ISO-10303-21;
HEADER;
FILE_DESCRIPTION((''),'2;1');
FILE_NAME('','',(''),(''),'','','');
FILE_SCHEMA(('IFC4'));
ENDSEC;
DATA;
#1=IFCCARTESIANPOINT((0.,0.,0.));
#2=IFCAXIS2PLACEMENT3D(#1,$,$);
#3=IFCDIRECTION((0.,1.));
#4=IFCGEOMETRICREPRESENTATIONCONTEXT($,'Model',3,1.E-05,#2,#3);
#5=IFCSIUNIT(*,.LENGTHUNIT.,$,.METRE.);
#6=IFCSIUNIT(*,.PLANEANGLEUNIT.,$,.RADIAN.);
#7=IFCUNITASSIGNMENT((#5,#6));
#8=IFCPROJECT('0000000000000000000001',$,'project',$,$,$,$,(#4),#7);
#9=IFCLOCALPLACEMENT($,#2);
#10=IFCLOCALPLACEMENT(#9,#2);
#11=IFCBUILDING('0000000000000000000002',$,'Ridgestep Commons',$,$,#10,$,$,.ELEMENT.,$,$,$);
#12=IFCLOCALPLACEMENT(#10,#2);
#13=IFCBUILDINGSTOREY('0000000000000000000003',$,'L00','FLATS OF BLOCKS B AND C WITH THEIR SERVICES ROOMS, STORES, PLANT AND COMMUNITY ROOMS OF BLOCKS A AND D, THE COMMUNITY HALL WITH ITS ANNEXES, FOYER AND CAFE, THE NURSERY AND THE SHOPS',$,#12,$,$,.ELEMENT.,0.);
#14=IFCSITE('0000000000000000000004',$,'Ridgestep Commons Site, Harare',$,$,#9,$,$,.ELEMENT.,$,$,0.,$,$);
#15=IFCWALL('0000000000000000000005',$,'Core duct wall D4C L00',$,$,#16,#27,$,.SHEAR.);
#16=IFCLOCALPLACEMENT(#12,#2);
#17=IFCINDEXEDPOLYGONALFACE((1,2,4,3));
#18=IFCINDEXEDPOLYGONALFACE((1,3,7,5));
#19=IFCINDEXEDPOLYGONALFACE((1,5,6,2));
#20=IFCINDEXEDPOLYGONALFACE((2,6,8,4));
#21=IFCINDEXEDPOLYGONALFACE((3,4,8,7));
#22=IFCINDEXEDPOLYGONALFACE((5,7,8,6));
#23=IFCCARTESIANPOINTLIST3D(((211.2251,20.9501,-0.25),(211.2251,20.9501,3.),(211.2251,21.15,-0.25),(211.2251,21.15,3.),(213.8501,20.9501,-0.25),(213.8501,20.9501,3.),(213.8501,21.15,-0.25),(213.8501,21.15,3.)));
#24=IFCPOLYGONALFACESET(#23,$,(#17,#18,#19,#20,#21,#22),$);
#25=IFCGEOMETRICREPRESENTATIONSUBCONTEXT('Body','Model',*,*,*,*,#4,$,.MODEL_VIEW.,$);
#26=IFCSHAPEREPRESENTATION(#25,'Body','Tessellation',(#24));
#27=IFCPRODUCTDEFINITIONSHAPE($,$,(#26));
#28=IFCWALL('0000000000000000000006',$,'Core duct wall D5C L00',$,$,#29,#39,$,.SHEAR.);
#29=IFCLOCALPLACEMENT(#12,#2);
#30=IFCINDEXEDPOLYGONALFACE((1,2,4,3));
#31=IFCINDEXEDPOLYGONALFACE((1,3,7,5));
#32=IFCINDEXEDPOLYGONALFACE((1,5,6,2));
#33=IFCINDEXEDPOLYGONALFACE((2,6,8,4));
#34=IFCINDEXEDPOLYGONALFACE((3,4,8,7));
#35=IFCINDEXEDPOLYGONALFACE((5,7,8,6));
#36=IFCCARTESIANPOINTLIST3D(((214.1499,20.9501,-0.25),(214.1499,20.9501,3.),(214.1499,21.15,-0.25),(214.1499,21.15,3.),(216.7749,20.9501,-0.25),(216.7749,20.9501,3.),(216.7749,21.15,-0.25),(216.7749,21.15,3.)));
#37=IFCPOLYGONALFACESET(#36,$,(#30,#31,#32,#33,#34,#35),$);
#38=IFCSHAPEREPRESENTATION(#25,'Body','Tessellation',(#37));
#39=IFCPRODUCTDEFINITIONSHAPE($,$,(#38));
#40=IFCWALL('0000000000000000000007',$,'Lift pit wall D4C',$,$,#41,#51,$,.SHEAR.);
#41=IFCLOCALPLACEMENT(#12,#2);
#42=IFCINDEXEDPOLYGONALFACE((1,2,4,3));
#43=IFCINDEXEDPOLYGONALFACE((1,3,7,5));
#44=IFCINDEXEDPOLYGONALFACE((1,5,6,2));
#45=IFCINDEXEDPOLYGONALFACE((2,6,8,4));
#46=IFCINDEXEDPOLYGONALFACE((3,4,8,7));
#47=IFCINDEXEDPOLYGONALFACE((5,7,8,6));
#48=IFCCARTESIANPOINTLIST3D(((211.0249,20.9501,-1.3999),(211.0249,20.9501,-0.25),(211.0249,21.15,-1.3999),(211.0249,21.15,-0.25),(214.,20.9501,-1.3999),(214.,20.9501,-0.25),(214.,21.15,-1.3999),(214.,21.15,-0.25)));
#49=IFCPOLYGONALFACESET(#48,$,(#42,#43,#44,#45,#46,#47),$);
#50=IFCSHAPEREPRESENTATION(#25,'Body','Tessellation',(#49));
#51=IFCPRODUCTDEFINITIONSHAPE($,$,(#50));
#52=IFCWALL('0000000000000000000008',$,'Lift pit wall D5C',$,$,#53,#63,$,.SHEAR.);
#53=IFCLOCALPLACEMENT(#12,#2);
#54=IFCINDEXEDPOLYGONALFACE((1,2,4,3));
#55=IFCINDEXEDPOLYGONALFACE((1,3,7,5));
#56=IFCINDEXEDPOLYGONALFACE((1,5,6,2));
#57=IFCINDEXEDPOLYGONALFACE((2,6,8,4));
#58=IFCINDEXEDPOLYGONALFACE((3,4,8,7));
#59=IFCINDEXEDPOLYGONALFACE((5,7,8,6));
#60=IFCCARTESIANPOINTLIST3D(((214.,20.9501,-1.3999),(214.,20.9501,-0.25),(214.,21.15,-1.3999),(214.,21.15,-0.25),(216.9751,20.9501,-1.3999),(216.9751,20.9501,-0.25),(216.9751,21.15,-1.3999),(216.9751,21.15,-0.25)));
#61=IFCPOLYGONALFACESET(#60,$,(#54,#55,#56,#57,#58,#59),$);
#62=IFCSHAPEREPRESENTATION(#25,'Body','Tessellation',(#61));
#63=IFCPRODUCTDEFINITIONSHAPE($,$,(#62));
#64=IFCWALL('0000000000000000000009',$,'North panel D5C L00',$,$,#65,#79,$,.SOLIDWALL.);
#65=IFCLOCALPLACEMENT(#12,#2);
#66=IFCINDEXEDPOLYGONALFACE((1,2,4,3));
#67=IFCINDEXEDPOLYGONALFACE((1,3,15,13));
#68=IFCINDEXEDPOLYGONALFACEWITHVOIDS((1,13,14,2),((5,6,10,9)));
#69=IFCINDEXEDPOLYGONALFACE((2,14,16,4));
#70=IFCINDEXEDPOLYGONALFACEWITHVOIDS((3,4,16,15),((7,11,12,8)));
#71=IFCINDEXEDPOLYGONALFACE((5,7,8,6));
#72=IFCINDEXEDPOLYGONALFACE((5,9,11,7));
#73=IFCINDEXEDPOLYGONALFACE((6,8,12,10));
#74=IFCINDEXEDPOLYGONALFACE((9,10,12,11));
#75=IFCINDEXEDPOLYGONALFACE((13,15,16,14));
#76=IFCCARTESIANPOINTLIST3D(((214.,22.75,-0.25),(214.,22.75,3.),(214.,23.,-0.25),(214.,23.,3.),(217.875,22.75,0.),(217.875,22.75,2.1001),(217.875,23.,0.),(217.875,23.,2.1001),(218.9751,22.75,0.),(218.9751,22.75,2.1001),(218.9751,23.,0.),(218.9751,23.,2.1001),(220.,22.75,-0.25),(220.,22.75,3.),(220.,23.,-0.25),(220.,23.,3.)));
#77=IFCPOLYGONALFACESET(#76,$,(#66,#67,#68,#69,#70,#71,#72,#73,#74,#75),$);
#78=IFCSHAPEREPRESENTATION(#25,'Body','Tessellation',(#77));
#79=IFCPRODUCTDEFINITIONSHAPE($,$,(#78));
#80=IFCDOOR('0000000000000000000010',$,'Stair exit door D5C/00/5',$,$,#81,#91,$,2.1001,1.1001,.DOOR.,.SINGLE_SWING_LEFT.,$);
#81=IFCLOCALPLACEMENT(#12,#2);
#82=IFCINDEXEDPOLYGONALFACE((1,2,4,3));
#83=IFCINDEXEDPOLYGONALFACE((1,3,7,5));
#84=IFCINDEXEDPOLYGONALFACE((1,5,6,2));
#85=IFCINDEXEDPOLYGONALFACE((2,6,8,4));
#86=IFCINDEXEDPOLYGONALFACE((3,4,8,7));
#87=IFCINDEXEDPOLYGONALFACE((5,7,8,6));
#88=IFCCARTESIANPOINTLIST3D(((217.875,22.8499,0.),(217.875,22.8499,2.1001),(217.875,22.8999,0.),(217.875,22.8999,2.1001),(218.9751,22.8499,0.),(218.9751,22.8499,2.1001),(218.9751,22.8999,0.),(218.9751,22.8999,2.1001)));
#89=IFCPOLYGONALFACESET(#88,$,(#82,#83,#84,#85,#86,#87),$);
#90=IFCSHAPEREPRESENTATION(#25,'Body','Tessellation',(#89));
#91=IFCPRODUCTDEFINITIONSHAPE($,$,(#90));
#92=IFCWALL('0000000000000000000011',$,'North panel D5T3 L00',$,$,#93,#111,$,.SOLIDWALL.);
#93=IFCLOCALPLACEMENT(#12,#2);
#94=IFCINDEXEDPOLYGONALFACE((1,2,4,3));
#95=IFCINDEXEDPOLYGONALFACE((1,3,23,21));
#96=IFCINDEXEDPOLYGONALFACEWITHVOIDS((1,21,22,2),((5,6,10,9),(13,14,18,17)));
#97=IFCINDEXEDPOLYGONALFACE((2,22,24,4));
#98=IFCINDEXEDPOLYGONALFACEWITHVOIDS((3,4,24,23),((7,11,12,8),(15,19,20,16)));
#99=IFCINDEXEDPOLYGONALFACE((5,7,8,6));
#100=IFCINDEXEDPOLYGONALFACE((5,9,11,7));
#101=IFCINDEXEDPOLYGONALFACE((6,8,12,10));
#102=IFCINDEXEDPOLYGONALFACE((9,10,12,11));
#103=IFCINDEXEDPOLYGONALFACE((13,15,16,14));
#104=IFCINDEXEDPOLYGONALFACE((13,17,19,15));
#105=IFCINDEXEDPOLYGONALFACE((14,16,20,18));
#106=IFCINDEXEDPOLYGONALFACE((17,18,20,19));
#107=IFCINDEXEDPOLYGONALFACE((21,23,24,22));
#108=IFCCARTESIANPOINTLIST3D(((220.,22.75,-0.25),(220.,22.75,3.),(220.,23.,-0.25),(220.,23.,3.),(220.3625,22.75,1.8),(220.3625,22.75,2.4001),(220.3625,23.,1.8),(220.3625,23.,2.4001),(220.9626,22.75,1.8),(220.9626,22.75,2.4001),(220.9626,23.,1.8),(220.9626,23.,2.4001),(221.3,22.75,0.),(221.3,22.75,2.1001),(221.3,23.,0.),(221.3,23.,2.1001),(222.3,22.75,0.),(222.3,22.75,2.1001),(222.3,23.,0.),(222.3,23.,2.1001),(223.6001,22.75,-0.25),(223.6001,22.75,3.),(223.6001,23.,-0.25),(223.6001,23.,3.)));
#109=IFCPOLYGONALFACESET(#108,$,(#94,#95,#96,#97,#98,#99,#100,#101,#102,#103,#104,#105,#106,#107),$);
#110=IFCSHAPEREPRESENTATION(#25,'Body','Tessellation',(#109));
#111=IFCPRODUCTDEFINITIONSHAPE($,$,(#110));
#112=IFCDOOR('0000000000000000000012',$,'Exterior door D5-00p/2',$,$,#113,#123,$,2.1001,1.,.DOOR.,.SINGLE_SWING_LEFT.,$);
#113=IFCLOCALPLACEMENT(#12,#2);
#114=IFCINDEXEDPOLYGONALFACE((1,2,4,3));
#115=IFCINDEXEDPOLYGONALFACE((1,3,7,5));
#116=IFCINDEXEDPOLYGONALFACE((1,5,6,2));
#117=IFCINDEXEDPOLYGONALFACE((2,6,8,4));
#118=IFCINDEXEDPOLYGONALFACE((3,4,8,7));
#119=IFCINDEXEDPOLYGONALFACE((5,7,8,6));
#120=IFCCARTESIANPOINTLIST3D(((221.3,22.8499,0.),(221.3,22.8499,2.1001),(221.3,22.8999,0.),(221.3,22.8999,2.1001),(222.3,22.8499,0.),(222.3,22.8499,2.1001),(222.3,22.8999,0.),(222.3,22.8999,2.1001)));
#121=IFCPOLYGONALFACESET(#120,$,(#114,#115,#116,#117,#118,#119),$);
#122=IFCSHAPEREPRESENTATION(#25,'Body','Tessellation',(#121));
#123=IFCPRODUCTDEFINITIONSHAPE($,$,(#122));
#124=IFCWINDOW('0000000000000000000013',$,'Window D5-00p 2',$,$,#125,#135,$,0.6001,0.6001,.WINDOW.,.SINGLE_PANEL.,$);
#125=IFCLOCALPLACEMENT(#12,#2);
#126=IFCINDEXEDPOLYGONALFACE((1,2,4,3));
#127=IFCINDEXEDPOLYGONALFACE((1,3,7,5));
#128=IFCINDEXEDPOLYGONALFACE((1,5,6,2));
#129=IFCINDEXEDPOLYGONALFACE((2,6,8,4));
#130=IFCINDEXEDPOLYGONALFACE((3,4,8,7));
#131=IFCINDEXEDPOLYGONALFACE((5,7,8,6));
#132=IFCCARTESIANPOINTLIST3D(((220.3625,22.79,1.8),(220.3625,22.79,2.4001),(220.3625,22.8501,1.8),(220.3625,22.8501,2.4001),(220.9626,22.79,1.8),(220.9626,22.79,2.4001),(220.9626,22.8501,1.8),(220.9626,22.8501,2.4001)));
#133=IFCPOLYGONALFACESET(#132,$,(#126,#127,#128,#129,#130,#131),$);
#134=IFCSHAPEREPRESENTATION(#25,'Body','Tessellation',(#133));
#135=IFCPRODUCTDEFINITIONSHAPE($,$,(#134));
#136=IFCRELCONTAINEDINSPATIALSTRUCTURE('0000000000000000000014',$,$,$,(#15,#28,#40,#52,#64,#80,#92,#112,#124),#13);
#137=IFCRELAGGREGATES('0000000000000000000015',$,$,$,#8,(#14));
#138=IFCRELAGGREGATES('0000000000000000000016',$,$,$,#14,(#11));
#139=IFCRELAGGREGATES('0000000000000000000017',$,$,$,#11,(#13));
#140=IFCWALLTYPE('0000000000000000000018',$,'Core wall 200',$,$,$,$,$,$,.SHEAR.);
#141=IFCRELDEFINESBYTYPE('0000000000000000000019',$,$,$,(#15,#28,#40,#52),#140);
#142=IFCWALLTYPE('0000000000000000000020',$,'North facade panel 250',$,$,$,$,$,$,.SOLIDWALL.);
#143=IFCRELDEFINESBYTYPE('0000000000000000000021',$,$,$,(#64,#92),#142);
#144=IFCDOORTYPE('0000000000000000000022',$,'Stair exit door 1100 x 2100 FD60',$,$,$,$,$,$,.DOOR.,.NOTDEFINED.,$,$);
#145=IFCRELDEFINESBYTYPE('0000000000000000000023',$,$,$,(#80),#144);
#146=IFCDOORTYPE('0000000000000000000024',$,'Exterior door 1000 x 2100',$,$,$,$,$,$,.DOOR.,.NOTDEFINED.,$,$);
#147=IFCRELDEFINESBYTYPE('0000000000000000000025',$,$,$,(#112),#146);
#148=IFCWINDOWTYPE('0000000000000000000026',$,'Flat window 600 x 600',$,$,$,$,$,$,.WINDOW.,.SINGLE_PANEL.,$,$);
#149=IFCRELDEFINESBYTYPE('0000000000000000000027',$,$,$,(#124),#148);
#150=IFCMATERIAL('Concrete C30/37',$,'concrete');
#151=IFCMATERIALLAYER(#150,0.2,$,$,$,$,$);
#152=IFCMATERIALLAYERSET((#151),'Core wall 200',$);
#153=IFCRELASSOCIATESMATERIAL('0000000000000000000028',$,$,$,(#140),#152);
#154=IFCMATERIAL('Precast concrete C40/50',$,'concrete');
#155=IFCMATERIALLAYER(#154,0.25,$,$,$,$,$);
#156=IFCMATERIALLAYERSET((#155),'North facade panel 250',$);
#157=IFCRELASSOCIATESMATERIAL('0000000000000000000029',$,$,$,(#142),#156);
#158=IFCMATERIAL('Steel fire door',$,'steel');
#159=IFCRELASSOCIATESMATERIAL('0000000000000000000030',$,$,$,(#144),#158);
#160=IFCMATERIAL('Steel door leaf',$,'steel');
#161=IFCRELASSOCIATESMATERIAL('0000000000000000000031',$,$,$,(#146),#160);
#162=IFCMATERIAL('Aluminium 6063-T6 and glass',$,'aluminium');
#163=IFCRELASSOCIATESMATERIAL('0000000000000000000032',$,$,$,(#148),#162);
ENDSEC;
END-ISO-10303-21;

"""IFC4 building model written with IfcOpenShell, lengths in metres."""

from ifc_helpers import new_model, si_unit, direction, frame, frame_2d, origin, place, context, subcontext, project, spatial, rectangle, extrude, material, layer, layer_set, type_object, element, fill, save


model = new_model("IFC4")

# Units and contexts
model_context = context("Model", 3, precision=1e-05, world=origin(), true_north=direction((0.0, 1.0)))
body_context = subcontext(model_context, "Body", "Model", "MODEL_VIEW")
ifc_project = project(units=[si_unit("LENGTHUNIT", "METRE"), si_unit("PLANEANGLEUNIT", "RADIAN")], contexts=[model_context])

# Site, building, storey
site_placement = place(None, origin())
site = spatial("IfcSite", under=ifc_project, at=site_placement, Name="Ridgestep Commons Site, Harare", CompositionType="ELEMENT", RefElevation=0.0)
building_placement = place(site_placement, origin())
building = spatial("IfcBuilding", under=site, at=building_placement, Name="Ridgestep Commons", CompositionType="ELEMENT")
storey_placement = place(building_placement, origin())
storey = spatial("IfcBuildingStorey", under=building, at=storey_placement, Name="L00", Description="FLATS OF BLOCKS B AND C WITH THEIR SERVICES ROOMS, STORES, PLANT AND COMMUNITY ROOMS OF BLOCKS A AND D, THE COMMUNITY HALL WITH ITS ANNEXES, FOYER AND CAFE, THE NURSERY AND THE SHOPS", CompositionType="ELEMENT", Elevation=0.0)

# Walls
ifc_material_1 = material(Name="Concrete C30/37", Category="concrete")
ifc_layer_1 = layer(ifc_material_1, 0.2)
ifc_layer_set_1 = layer_set([ifc_layer_1], Name="Core wall 200")
wall_type_1 = type_object("IfcWallType", Name="Core wall 200", PredefinedType="SHEAR", material=ifc_layer_set_1)
for number, where, z_axis, x_axis, name in (
    (1, (211.2251, 21.05, -0.25), (0.0, 0.0, 1.0), (1.0, 0.0, 0.0), "Core duct wall D4C L00"),
    (2, (214.1499, 21.05, -0.25), (0.0, 0.0, 1.0), (1.0, 0.0, 0.0), "Core duct wall D5C L00"),
):
    element("IfcWall", number, at=place(storey_placement, frame(where, z_axis=z_axis, x_axis=x_axis)), inside=storey, type_object=wall_type_1, Name=name, PredefinedType="SHEAR", context=body_context, shape_type="SweptSolid", body=[
        extrude(rectangle(XDim=2.625, YDim=0.2, at=frame_2d((1.3125, 0.0))), origin(), (0.0, 0.0, 1.0), 3.25),
    ])
for number, where, z_axis, x_axis, name in (
    (3, (211.0249, 21.05, -1.3999), (0.0, 0.0, 1.0), (1.0, 0.0, 0.0), "Lift pit wall D4C"),
    (4, (214.0, 21.05, -1.3999), (0.0, 0.0, 1.0), (1.0, 0.0, 0.0), "Lift pit wall D5C"),
):
    element("IfcWall", number, at=place(storey_placement, frame(where, z_axis=z_axis, x_axis=x_axis)), inside=storey, type_object=wall_type_1, Name=name, PredefinedType="SHEAR", context=body_context, shape_type="SweptSolid", body=[
        extrude(rectangle(XDim=2.9751, YDim=0.2, at=frame_2d((1.4875, 0.0))), origin(), (0.0, 0.0, 1.0), 1.1499),
    ])

# Wall, opening, door
ifc_material_2 = material(Name="Precast concrete C40/50", Category="concrete")
ifc_layer_2 = layer(ifc_material_2, 0.25)
ifc_layer_set_2 = layer_set([ifc_layer_2], Name="North facade panel 250")
wall_type_2 = type_object("IfcWallType", Name="North facade panel 250", PredefinedType="SOLIDWALL", material=ifc_layer_set_2)
wall_1_placement = place(storey_placement, frame((214.0, 22.875, -0.25), z_axis=(0.0, 0.0, 1.0), x_axis=(1.0, 0.0, 0.0)))
wall_1 = element("IfcWall", 5, at=wall_1_placement, inside=storey, type_object=wall_type_2, Name="North panel D5C L00", PredefinedType="SOLIDWALL", context=body_context, shape_type="SweptSolid", body=[
    extrude(rectangle(XDim=6.0, YDim=0.25, at=frame_2d((3.0, 0.0))), origin(), (0.0, 0.0, 1.0), 3.25),
])
opening_1_placement = place(wall_1_placement, frame((3.875, 0.0, 0.25)))
opening_1 = element("IfcOpeningElement", 6, at=opening_1_placement, cuts=wall_1, PredefinedType="OPENING", context=body_context, shape_type="SweptSolid", body=[
    extrude(rectangle(XDim=1.1001, YDim=2.1001, at=frame_2d((0.55, 1.05))), frame((0.0, 0.135, 0.0), z_axis=(0.0, -1.0, 0.0), x_axis=(1.0, 0.0, 0.0)), (0.0, 0.0, 1.0), 0.27),
])
ifc_material_3 = material(Name="Steel fire door", Category="steel")
door_type_1 = type_object("IfcDoorType", Name="Stair exit door 1100 x 2100 FD60", OperationType="NOTDEFINED", PredefinedType="DOOR", material=ifc_material_3)
door_1_placement = place(opening_1_placement, origin())
door_1 = element("IfcDoor", 7, at=door_1_placement, inside=storey, type_object=door_type_1, Name="Stair exit door D5C/00/5", OperationType="SINGLE_SWING_LEFT", OverallHeight=2.1001, OverallWidth=1.1001, PredefinedType="DOOR", context=body_context, shape_type="SweptSolid", body=[
    extrude(rectangle(XDim=1.1001, YDim=2.1001, at=frame_2d((0.55, 1.05))), frame((0.0, 0.0249, 0.0), z_axis=(0.0, -1.0, 0.0), x_axis=(1.0, 0.0, 0.0)), (0.0, 0.0, 1.0), 0.05),
])
fill(opening_1, door_1)

# Wall, openings, door, window
wall_2_placement = place(storey_placement, frame((220.0, 22.875, -0.25), z_axis=(0.0, 0.0, 1.0), x_axis=(1.0, 0.0, 0.0)))
wall_2 = element("IfcWall", 8, at=wall_2_placement, inside=storey, type_object=wall_type_2, Name="North panel D5T3 L00", PredefinedType="SOLIDWALL", context=body_context, shape_type="SweptSolid", body=[
    extrude(rectangle(XDim=3.6001, YDim=0.25, at=frame_2d((1.8, 0.0))), origin(), (0.0, 0.0, 1.0), 3.25),
])
opening_2_placement = place(wall_2_placement, frame((0.3625, 0.0, 2.05)))
opening_2 = element("IfcOpeningElement", 9, at=opening_2_placement, cuts=wall_2, PredefinedType="OPENING", context=body_context, shape_type="SweptSolid", body=[
    extrude(rectangle(XDim=0.6001, YDim=0.6001, at=frame_2d((0.3, 0.3))), frame((0.0, 0.135, 0.0), z_axis=(0.0, -1.0, 0.0), x_axis=(1.0, 0.0, 0.0)), (0.0, 0.0, 1.0), 0.27),
])
opening_3_placement = place(wall_2_placement, frame((1.3, 0.0, 0.25)))
opening_3 = element("IfcOpeningElement", 10, at=opening_3_placement, cuts=wall_2, PredefinedType="OPENING", context=body_context, shape_type="SweptSolid", body=[
    extrude(rectangle(XDim=1.0, YDim=2.1001, at=frame_2d((0.5, 1.05))), frame((0.0, 0.135, 0.0), z_axis=(0.0, -1.0, 0.0), x_axis=(1.0, 0.0, 0.0)), (0.0, 0.0, 1.0), 0.27),
])
ifc_material_4 = material(Name="Steel door leaf", Category="steel")
door_type_2 = type_object("IfcDoorType", Name="Exterior door 1000 x 2100", OperationType="NOTDEFINED", PredefinedType="DOOR", material=ifc_material_4)
door_2_placement = place(opening_3_placement, origin())
door_2 = element("IfcDoor", 11, at=door_2_placement, inside=storey, type_object=door_type_2, Name="Exterior door D5-00p/2", OperationType="SINGLE_SWING_LEFT", OverallHeight=2.1001, OverallWidth=1.0, PredefinedType="DOOR", context=body_context, shape_type="SweptSolid", body=[
    extrude(rectangle(XDim=1.0, YDim=2.1001, at=frame_2d((0.5, 1.05))), frame((0.0, 0.0249, 0.0), z_axis=(0.0, -1.0, 0.0), x_axis=(1.0, 0.0, 0.0)), (0.0, 0.0, 1.0), 0.05),
])
fill(opening_3, door_2)
ifc_material_5 = material(Name="Aluminium 6063-T6 and glass", Category="aluminium")
window_type = type_object("IfcWindowType", Name="Flat window 600 x 600", PartitioningType="SINGLE_PANEL", PredefinedType="WINDOW", material=ifc_material_5)
window_placement = place(opening_2_placement, origin())
window = element("IfcWindow", 12, at=window_placement, inside=storey, type_object=window_type, Name="Window D5-00p 2", OverallHeight=0.6001, OverallWidth=0.6001, PartitioningType="SINGLE_PANEL", PredefinedType="WINDOW", context=body_context, shape_type="SweptSolid", body=[
    extrude(rectangle(XDim=0.6001, YDim=0.6001, at=frame_2d((0.3, 0.3))), frame((0.0, -0.0249, 0.0), z_axis=(0.0, -1.0, 0.0), x_axis=(1.0, 0.0, 0.0)), (0.0, 0.0, 1.0), 0.0601),
])
fill(opening_2, window)

save(model, "model.ifc")
